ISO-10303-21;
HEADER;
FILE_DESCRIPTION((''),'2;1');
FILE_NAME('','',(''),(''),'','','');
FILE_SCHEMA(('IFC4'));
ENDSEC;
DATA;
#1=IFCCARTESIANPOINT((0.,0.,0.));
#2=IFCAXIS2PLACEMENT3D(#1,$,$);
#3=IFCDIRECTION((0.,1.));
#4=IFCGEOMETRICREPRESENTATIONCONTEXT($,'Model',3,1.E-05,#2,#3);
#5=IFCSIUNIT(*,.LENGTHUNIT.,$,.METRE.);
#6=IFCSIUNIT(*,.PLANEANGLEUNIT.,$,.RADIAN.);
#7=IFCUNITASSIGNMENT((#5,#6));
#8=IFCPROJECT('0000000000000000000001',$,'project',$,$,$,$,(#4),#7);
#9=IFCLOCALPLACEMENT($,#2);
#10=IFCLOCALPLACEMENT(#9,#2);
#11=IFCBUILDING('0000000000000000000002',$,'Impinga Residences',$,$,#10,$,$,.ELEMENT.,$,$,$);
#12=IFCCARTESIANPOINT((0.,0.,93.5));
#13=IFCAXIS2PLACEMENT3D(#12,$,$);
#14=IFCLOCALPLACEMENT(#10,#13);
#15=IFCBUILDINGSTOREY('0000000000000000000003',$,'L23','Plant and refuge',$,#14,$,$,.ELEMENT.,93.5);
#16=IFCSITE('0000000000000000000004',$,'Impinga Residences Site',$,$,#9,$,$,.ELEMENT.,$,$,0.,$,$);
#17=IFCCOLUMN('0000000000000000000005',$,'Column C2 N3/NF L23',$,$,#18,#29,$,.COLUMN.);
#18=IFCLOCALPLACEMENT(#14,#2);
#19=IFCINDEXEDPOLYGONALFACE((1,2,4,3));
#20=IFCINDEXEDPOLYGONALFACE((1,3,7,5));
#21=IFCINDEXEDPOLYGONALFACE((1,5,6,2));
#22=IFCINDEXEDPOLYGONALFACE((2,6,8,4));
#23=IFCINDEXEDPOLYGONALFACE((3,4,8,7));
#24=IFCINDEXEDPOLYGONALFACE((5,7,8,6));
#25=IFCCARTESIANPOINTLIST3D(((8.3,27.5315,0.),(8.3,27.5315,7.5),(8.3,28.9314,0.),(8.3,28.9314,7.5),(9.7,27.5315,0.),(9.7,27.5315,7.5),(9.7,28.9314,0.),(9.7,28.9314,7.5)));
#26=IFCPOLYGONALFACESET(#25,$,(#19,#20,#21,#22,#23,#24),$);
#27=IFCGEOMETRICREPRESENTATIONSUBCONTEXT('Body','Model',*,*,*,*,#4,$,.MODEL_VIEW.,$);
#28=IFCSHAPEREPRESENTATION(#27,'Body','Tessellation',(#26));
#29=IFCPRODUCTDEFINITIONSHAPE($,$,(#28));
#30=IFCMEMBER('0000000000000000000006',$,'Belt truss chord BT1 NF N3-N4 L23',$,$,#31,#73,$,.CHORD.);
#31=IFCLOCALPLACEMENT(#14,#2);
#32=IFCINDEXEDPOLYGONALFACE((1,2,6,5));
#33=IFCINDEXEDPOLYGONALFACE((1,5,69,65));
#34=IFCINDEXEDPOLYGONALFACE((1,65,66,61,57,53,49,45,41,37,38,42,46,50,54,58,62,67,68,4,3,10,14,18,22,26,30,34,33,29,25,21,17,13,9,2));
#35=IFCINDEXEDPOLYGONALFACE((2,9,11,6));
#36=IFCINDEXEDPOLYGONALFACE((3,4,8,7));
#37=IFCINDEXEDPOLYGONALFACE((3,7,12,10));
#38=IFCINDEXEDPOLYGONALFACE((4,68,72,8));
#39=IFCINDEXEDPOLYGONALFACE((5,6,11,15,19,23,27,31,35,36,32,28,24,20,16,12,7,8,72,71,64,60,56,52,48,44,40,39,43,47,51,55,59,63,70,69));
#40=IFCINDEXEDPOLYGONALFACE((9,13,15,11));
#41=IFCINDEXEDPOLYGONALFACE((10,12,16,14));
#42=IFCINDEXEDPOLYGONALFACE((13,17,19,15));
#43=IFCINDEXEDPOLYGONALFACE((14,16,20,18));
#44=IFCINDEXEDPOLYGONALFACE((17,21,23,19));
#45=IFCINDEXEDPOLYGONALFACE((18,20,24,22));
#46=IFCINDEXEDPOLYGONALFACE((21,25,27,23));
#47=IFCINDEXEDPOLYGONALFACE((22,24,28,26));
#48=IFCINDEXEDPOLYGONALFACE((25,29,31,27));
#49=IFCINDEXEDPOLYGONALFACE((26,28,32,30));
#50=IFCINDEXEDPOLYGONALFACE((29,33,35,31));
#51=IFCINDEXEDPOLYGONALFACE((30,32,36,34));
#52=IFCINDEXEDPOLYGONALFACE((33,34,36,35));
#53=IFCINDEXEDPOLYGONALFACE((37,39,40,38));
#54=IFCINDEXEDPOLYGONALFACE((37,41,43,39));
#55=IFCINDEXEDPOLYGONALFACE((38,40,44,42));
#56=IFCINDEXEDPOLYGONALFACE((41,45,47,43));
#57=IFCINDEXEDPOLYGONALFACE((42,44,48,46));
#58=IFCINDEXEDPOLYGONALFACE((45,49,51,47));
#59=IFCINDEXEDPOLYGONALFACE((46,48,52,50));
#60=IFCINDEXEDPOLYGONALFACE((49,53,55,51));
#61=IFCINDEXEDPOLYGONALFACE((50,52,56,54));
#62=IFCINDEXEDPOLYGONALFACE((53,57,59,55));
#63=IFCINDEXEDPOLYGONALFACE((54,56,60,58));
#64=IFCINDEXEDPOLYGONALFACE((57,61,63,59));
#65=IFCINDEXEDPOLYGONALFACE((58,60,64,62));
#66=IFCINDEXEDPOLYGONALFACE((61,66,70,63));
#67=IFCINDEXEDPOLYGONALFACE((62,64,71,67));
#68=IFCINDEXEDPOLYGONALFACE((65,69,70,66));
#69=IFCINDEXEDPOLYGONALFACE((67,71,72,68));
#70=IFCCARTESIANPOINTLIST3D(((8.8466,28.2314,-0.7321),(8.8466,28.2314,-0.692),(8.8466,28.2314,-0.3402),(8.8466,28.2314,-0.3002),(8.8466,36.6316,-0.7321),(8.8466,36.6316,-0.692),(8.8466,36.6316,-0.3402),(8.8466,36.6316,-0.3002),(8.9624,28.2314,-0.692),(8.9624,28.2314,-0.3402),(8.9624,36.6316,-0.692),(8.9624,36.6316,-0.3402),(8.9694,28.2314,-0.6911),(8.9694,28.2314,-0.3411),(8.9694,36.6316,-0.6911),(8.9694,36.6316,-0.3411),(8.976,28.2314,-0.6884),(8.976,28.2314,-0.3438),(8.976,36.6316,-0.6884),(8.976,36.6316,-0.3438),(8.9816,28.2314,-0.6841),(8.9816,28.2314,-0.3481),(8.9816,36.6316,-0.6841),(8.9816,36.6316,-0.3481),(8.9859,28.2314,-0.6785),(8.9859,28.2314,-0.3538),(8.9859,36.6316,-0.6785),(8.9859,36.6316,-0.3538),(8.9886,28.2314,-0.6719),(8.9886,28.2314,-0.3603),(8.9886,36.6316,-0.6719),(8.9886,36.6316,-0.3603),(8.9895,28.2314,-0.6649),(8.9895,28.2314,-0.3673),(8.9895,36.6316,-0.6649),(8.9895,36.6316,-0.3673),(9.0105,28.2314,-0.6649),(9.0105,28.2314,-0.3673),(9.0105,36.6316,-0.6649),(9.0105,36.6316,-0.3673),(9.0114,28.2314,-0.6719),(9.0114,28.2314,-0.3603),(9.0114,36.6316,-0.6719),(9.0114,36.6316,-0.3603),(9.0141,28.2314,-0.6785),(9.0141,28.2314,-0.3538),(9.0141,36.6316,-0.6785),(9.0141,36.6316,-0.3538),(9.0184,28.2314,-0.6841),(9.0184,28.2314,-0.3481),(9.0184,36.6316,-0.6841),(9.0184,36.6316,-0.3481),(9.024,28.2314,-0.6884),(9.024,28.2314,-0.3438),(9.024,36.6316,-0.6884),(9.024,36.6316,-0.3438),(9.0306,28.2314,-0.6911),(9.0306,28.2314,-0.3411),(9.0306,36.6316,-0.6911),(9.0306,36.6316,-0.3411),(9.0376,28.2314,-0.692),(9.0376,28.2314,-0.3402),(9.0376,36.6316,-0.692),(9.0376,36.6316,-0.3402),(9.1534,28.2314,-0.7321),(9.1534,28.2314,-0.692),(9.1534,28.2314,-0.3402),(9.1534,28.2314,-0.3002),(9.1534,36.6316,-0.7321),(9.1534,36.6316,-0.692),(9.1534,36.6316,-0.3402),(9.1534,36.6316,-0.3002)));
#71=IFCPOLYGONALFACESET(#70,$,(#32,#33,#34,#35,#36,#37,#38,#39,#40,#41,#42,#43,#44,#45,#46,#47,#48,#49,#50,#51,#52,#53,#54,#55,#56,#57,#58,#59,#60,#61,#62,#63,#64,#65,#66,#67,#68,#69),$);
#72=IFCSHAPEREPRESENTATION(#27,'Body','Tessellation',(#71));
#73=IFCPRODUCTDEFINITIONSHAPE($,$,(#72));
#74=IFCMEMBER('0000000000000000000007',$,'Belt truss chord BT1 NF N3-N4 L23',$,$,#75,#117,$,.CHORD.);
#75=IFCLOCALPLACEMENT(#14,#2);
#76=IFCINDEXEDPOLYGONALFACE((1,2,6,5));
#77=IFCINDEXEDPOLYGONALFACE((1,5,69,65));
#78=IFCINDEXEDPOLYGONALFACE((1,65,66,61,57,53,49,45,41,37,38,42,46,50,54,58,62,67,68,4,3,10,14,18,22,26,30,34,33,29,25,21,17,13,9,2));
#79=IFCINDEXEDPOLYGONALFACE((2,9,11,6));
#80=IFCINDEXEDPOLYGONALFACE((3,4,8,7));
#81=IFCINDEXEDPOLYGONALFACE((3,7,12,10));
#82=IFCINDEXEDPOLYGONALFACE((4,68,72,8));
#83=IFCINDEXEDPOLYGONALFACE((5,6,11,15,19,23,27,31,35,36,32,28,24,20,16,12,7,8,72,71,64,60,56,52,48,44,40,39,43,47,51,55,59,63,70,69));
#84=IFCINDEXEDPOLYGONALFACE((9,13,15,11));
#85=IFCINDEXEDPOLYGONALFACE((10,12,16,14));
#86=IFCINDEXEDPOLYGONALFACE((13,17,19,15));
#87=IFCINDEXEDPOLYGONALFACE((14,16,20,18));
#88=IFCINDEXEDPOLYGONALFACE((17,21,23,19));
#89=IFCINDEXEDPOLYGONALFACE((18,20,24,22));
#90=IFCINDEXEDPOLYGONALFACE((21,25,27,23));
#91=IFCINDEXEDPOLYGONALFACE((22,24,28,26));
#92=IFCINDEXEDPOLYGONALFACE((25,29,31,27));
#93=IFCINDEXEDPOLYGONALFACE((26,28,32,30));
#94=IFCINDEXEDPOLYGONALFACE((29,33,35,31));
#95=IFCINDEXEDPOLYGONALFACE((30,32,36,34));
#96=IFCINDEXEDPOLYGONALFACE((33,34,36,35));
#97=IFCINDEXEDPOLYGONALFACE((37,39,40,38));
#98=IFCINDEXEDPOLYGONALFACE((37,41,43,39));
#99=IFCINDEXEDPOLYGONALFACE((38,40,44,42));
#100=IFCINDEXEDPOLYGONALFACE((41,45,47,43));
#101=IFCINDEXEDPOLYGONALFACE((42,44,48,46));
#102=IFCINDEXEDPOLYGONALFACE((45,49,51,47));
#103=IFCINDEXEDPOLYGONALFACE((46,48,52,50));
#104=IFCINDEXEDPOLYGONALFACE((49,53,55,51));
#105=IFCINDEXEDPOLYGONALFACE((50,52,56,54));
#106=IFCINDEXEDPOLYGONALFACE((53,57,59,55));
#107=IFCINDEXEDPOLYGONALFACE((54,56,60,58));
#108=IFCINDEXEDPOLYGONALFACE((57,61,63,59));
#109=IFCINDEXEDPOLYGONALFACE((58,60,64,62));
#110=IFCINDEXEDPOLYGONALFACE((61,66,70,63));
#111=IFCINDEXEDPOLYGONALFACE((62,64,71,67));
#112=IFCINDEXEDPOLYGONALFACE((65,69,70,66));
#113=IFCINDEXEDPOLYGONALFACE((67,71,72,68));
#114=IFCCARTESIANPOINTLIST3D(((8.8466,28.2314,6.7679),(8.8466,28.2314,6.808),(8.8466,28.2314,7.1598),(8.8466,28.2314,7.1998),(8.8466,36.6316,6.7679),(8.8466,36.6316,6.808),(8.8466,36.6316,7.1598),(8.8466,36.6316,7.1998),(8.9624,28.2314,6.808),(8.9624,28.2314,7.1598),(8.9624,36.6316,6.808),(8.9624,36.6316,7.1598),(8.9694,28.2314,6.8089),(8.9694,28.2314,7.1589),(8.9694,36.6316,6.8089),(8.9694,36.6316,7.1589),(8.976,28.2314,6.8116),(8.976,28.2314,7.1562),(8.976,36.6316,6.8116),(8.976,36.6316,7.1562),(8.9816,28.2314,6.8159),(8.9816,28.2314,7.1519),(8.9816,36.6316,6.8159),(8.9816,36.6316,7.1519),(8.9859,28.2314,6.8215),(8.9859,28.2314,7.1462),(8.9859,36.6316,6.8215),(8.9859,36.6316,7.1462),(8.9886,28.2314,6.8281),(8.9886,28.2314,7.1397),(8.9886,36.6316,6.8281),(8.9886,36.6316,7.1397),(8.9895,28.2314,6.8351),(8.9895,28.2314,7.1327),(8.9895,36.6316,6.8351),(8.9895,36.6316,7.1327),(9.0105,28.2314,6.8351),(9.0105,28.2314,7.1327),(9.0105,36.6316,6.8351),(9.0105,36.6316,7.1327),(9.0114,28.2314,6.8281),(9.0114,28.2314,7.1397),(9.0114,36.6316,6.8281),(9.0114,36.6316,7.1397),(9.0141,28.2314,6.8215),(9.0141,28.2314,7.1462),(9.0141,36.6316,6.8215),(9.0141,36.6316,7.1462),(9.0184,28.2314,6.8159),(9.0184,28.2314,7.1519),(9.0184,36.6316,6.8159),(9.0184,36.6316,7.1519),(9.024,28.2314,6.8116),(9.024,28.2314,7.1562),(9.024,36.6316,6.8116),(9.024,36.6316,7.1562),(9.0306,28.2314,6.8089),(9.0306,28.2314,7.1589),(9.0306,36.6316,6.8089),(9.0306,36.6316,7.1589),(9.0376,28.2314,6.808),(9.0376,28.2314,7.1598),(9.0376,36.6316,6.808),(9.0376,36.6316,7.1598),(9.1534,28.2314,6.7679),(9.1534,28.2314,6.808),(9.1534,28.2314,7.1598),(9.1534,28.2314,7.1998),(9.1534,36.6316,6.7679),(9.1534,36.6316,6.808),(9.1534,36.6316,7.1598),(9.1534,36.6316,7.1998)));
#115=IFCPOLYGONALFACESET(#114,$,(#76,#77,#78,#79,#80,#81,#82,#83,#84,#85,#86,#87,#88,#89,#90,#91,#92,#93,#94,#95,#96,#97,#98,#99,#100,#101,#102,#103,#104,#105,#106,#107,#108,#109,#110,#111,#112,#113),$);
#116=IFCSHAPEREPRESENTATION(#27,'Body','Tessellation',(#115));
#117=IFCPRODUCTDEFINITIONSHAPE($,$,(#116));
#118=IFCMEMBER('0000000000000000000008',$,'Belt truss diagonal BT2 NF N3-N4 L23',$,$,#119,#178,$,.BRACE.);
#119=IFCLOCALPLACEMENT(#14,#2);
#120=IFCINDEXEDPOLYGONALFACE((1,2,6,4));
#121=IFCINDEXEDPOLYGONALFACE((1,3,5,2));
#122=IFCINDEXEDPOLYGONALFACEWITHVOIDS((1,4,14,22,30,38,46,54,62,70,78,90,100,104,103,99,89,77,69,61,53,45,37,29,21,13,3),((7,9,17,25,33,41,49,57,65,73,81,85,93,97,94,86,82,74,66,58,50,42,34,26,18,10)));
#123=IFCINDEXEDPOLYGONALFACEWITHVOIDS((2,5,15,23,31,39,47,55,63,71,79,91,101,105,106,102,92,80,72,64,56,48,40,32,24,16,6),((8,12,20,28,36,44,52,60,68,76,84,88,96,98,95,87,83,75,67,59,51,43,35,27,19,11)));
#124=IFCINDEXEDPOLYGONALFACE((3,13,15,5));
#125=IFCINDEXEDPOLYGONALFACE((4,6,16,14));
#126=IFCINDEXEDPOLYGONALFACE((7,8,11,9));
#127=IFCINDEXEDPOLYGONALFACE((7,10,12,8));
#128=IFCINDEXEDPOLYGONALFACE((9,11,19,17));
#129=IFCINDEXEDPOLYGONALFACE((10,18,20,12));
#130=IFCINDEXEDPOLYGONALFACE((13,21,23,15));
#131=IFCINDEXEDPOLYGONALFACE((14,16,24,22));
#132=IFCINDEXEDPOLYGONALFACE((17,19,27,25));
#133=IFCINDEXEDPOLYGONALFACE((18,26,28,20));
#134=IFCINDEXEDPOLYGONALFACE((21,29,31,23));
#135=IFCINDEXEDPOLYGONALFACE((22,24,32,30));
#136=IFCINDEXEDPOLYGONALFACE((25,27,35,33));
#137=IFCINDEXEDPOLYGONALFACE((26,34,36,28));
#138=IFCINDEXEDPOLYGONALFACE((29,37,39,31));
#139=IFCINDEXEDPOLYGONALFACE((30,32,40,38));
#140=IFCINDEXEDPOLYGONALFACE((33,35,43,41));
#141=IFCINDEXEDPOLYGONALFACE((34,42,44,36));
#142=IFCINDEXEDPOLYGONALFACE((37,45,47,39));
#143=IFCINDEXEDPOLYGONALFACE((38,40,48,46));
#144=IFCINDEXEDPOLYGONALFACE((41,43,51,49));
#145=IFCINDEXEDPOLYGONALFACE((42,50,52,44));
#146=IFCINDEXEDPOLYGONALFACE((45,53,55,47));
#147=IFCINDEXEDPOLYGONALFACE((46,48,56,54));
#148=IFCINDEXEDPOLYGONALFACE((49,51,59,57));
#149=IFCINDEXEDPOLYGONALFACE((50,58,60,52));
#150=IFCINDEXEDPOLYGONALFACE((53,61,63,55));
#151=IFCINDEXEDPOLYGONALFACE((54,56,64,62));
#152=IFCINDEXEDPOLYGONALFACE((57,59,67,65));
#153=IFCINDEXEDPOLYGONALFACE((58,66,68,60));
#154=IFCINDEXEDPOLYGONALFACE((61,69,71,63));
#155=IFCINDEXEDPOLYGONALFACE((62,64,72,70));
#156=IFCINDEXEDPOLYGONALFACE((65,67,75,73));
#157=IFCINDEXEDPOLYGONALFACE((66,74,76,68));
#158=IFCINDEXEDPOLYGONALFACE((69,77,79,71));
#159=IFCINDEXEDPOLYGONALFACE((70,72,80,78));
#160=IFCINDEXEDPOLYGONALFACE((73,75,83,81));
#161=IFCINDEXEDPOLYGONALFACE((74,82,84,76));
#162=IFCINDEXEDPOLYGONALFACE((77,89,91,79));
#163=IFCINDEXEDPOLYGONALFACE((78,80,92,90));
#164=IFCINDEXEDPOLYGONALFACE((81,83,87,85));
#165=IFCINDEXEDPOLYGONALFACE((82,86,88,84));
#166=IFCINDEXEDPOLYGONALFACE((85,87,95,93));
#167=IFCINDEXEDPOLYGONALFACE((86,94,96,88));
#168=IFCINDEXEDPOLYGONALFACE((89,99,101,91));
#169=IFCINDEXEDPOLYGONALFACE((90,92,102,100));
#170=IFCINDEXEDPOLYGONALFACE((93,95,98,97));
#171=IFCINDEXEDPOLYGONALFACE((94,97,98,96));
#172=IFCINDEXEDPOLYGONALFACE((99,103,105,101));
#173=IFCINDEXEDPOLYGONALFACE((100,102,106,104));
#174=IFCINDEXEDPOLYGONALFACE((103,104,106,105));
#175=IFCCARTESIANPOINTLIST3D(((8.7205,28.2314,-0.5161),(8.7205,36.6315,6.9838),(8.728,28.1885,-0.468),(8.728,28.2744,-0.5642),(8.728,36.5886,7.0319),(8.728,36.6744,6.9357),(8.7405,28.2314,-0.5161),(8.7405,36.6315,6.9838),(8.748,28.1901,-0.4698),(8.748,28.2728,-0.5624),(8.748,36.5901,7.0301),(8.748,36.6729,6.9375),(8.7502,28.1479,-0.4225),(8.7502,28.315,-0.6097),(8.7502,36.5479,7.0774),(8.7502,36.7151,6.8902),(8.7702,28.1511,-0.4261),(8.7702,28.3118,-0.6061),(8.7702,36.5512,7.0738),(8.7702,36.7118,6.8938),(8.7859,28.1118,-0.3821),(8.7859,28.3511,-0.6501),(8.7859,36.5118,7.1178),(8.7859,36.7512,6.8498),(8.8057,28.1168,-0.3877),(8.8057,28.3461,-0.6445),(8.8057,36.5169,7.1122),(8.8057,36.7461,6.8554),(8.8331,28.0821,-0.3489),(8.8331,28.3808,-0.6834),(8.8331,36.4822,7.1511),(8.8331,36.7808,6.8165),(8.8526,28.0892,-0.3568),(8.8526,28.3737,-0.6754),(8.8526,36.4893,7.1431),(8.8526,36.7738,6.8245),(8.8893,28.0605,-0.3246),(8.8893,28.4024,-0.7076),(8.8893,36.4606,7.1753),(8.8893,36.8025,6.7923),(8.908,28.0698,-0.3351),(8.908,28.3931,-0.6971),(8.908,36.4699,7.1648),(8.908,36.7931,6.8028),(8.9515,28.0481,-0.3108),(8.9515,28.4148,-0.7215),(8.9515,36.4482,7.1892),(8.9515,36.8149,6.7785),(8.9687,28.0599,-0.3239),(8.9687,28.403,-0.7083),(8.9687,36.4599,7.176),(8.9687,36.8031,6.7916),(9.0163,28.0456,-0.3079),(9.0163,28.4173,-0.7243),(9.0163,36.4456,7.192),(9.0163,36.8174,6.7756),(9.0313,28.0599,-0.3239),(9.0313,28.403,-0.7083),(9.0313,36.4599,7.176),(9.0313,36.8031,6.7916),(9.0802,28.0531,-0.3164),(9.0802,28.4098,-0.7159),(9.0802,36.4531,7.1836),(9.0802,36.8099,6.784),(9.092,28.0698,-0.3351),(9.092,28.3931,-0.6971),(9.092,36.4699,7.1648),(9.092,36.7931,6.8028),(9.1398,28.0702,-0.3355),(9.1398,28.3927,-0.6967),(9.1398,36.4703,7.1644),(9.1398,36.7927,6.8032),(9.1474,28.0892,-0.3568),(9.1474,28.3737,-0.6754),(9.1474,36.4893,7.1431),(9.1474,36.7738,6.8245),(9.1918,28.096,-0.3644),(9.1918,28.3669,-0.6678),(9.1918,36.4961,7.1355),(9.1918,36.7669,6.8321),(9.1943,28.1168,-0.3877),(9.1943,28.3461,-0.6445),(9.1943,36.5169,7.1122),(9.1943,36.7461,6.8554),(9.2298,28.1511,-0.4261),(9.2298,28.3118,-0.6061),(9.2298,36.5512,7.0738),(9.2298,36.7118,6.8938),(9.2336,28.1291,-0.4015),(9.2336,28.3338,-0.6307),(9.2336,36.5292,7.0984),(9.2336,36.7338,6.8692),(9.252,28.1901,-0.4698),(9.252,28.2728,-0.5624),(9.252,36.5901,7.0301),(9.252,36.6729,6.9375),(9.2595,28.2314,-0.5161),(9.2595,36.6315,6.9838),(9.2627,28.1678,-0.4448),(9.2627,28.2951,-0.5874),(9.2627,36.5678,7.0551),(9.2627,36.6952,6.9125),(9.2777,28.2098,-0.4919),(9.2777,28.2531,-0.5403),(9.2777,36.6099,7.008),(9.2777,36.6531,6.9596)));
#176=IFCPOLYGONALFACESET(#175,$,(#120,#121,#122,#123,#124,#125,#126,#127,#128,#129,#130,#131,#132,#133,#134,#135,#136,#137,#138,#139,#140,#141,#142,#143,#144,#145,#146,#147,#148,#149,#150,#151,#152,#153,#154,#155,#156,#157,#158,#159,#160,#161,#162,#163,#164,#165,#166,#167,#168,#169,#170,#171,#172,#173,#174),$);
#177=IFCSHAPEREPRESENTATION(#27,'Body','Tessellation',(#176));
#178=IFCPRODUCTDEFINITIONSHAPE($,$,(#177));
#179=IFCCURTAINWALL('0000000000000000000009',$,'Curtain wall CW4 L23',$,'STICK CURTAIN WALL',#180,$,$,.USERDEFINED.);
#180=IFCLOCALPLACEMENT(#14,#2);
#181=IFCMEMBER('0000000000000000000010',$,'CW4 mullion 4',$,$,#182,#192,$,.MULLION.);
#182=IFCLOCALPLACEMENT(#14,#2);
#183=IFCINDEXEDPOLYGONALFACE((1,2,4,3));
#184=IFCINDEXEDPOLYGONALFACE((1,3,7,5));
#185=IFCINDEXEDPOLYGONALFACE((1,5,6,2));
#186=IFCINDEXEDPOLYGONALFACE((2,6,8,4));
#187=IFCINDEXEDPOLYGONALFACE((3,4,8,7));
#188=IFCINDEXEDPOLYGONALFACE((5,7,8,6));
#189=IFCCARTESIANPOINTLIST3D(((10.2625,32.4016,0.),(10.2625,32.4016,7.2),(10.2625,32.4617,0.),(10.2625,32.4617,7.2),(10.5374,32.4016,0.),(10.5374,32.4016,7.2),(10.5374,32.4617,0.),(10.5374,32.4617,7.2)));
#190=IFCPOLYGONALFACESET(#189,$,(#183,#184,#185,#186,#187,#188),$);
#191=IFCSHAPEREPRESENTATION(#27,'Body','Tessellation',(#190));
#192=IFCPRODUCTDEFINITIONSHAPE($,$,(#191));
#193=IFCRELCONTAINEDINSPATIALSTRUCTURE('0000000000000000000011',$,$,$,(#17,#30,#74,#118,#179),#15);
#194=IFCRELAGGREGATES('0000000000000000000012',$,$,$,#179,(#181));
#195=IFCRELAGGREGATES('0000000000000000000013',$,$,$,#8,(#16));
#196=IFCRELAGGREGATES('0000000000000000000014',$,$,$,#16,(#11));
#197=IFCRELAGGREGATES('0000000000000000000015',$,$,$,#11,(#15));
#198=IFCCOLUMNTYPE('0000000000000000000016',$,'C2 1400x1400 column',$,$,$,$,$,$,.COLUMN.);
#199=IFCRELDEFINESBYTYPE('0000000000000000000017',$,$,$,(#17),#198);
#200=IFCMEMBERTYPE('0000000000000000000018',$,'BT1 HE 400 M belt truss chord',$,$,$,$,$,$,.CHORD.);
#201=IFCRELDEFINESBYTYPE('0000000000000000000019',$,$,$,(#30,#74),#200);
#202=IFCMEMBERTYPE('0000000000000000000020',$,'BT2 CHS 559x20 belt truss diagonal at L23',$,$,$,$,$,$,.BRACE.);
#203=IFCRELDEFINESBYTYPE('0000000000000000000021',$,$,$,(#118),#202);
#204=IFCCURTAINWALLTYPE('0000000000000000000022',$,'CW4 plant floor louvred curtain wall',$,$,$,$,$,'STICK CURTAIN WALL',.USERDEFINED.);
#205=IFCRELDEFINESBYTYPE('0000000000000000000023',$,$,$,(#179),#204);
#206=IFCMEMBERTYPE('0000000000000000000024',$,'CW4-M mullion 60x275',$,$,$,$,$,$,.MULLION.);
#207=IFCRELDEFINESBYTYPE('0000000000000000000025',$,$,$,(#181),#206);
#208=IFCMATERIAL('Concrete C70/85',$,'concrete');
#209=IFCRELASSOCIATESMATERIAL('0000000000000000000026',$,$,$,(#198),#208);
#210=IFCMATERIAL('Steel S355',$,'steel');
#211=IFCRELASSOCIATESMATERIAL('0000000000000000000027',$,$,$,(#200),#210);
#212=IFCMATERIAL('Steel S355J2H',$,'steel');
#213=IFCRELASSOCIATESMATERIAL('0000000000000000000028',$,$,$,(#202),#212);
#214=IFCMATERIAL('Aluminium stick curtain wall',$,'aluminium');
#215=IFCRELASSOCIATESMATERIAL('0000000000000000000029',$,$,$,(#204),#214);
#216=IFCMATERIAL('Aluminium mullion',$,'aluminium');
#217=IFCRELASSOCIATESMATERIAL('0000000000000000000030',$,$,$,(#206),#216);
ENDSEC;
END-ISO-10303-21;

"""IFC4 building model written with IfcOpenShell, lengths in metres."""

from ifc_helpers import new_model, si_unit, direction, frame, origin, origin_2d, place, context, subcontext, project, spatial, rectangle, hollow_circle, i_section, extrude, material, material_profile, profile_set, type_object, element, aggregate, save


model = new_model("IFC4")

# Units and contexts
model_context = context("Model", 3, precision=1e-05, world=origin(), true_north=direction((0.0, 1.0)))
body_context = subcontext(model_context, "Body", "Model", "MODEL_VIEW")
ifc_project = project(units=[si_unit("LENGTHUNIT", "METRE"), si_unit("PLANEANGLEUNIT", "RADIAN")], contexts=[model_context])

# Site, building, storey
site_placement = place(None, origin())
site = spatial("IfcSite", under=ifc_project, at=site_placement, Name="Impinga Residences Site", CompositionType="ELEMENT", RefElevation=0.0)
building_placement = place(site_placement, origin())
building = spatial("IfcBuilding", under=site, at=building_placement, Name="Impinga Residences", CompositionType="ELEMENT")
storey_placement = place(building_placement, frame((0.0, 0.0, 93.5)))
storey = spatial("IfcBuildingStorey", under=building, at=storey_placement, Name="L23", Description="Plant and refuge", CompositionType="ELEMENT", Elevation=93.5)

# Column
ifc_material_1 = material(Name="Concrete C70/85", Category="concrete")
ifc_material_profile_1 = material_profile(ifc_material_1, rectangle(XDim=1.3999, YDim=1.3999, at=origin_2d()), Name="RC 1400x1400")
ifc_profile_set_1 = profile_set([ifc_material_profile_1], Name="Concrete C70/85")
column_type = type_object("IfcColumnType", Name="C2 1400x1400 column", PredefinedType="COLUMN", material=ifc_profile_set_1)
column_placement = place(storey_placement, frame((9.0, 28.2314, 0.0), z_axis=(0.0, 0.0, 1.0), x_axis=(1.0, 0.0, 0.0)))
element("IfcColumn", 1, at=column_placement, inside=storey, type_object=column_type, Name="Column C2 N3/NF L23", PredefinedType="COLUMN", context=body_context, shape_type="SweptSolid", body=[
    extrude(rectangle(XDim=1.3999, YDim=1.3999, at=origin_2d()), origin(), (0.0, 0.0, 1.0), 7.5),
])

# Members
ifc_material_2 = material(Name="Steel S355", Category="steel")
ifc_material_profile_2 = material_profile(ifc_material_2, i_section(OverallWidth=0.3069, OverallDepth=0.4319, WebThickness=0.021, FlangeThickness=0.04, FilletRadius=0.0271, at=origin_2d()), Name="HE 400 M")
ifc_profile_set_2 = profile_set([ifc_material_profile_2], Name="Steel S355")
member_type_1 = type_object("IfcMemberType", Name="BT1 HE 400 M belt truss chord", PredefinedType="CHORD", material=ifc_profile_set_2)
for number, where, z_axis, x_axis, name in (
    (2, (9.0, 28.2314, -0.5161), (0.0, 1.0, 0.0), (-1.0, 0.0, 0.0), "Belt truss chord BT1 NF N3-N4 L23"),
    (3, (9.0, 28.2314, 6.9839), (0.0, 1.0, 0.0), (-1.0, 0.0, 0.0), "Belt truss chord BT1 NF N3-N4 L23"),
):
    element("IfcMember", number, at=place(storey_placement, frame(where, z_axis=z_axis, x_axis=x_axis)), inside=storey, type_object=member_type_1, Name=name, PredefinedType="CHORD", context=body_context, shape_type="SweptSolid", body=[
        extrude(i_section(OverallWidth=0.3069, OverallDepth=0.4319, WebThickness=0.021, FlangeThickness=0.04, FilletRadius=0.0271, at=origin_2d()), origin(), (0.0, 0.0, 1.0), 8.4001),
    ])
ifc_material_3 = material(Name="Steel S355J2H", Category="steel")
ifc_material_profile_3 = material_profile(ifc_material_3, hollow_circle(Radius=0.2795, WallThickness=0.02, at=origin_2d()), Name="CHS 559x20")
ifc_profile_set_3 = profile_set([ifc_material_profile_3], Name="Steel S355J2H")
member_type_2 = type_object("IfcMemberType", Name="BT2 CHS 559x20 belt truss diagonal at L23", PredefinedType="BRACE", material=ifc_profile_set_3)
member_1_placement = place(storey_placement, frame((9.0, 28.2314, -0.5161), z_axis=(0.0, 0.745943, 0.666009), x_axis=(-1.0, 0.0, 0.0)))
element("IfcMember", 4, at=member_1_placement, inside=storey, type_object=member_type_2, Name="Belt truss diagonal BT2 NF N3-N4 L23", PredefinedType="BRACE", context=body_context, shape_type="SweptSolid", body=[
    extrude(hollow_circle(Radius=0.2795, WallThickness=0.02, at=origin_2d()), origin(), (0.0, 0.0, 1.0), 11.261),
])

# Curtain wall, member
ifc_material_4 = material(Name="Aluminium stick curtain wall", Category="aluminium")
curtain_wall_type = type_object("IfcCurtainWallType", Name="CW4 plant floor louvred curtain wall", ElementType="STICK CURTAIN WALL", PredefinedType="USERDEFINED", material=ifc_material_4)
curtain_wall_placement = place(storey_placement, origin())
curtain_wall = element("IfcCurtainWall", 5, at=curtain_wall_placement, inside=storey, type_object=curtain_wall_type, Name="Curtain wall CW4 L23", ObjectType="STICK CURTAIN WALL", PredefinedType="USERDEFINED")
ifc_material_5 = material(Name="Aluminium mullion", Category="aluminium")
ifc_material_profile_4 = material_profile(ifc_material_5, rectangle(XDim=0.0601, YDim=0.2749, at=origin_2d()), Name="60x275 mullion")
ifc_profile_set_4 = profile_set([ifc_material_profile_4], Name="Aluminium mullion")
member_type_3 = type_object("IfcMemberType", Name="CW4-M mullion 60x275", PredefinedType="MULLION", material=ifc_profile_set_4)
member_2_placement = place(storey_placement, frame((10.3999, 32.4316, 0.0), z_axis=(0.0, 0.0, 1.0), x_axis=(0.0, -1.0, 0.0)))
member_2 = element("IfcMember", 6, at=member_2_placement, type_object=member_type_3, Name="CW4 mullion 4", PredefinedType="MULLION", context=body_context, shape_type="SweptSolid", body=[
    extrude(rectangle(XDim=0.0601, YDim=0.2749, at=origin_2d()), origin(), (0.0, 0.0, 1.0), 7.2),
])
aggregate(curtain_wall, [member_2])

save(model, "model.ifc")
